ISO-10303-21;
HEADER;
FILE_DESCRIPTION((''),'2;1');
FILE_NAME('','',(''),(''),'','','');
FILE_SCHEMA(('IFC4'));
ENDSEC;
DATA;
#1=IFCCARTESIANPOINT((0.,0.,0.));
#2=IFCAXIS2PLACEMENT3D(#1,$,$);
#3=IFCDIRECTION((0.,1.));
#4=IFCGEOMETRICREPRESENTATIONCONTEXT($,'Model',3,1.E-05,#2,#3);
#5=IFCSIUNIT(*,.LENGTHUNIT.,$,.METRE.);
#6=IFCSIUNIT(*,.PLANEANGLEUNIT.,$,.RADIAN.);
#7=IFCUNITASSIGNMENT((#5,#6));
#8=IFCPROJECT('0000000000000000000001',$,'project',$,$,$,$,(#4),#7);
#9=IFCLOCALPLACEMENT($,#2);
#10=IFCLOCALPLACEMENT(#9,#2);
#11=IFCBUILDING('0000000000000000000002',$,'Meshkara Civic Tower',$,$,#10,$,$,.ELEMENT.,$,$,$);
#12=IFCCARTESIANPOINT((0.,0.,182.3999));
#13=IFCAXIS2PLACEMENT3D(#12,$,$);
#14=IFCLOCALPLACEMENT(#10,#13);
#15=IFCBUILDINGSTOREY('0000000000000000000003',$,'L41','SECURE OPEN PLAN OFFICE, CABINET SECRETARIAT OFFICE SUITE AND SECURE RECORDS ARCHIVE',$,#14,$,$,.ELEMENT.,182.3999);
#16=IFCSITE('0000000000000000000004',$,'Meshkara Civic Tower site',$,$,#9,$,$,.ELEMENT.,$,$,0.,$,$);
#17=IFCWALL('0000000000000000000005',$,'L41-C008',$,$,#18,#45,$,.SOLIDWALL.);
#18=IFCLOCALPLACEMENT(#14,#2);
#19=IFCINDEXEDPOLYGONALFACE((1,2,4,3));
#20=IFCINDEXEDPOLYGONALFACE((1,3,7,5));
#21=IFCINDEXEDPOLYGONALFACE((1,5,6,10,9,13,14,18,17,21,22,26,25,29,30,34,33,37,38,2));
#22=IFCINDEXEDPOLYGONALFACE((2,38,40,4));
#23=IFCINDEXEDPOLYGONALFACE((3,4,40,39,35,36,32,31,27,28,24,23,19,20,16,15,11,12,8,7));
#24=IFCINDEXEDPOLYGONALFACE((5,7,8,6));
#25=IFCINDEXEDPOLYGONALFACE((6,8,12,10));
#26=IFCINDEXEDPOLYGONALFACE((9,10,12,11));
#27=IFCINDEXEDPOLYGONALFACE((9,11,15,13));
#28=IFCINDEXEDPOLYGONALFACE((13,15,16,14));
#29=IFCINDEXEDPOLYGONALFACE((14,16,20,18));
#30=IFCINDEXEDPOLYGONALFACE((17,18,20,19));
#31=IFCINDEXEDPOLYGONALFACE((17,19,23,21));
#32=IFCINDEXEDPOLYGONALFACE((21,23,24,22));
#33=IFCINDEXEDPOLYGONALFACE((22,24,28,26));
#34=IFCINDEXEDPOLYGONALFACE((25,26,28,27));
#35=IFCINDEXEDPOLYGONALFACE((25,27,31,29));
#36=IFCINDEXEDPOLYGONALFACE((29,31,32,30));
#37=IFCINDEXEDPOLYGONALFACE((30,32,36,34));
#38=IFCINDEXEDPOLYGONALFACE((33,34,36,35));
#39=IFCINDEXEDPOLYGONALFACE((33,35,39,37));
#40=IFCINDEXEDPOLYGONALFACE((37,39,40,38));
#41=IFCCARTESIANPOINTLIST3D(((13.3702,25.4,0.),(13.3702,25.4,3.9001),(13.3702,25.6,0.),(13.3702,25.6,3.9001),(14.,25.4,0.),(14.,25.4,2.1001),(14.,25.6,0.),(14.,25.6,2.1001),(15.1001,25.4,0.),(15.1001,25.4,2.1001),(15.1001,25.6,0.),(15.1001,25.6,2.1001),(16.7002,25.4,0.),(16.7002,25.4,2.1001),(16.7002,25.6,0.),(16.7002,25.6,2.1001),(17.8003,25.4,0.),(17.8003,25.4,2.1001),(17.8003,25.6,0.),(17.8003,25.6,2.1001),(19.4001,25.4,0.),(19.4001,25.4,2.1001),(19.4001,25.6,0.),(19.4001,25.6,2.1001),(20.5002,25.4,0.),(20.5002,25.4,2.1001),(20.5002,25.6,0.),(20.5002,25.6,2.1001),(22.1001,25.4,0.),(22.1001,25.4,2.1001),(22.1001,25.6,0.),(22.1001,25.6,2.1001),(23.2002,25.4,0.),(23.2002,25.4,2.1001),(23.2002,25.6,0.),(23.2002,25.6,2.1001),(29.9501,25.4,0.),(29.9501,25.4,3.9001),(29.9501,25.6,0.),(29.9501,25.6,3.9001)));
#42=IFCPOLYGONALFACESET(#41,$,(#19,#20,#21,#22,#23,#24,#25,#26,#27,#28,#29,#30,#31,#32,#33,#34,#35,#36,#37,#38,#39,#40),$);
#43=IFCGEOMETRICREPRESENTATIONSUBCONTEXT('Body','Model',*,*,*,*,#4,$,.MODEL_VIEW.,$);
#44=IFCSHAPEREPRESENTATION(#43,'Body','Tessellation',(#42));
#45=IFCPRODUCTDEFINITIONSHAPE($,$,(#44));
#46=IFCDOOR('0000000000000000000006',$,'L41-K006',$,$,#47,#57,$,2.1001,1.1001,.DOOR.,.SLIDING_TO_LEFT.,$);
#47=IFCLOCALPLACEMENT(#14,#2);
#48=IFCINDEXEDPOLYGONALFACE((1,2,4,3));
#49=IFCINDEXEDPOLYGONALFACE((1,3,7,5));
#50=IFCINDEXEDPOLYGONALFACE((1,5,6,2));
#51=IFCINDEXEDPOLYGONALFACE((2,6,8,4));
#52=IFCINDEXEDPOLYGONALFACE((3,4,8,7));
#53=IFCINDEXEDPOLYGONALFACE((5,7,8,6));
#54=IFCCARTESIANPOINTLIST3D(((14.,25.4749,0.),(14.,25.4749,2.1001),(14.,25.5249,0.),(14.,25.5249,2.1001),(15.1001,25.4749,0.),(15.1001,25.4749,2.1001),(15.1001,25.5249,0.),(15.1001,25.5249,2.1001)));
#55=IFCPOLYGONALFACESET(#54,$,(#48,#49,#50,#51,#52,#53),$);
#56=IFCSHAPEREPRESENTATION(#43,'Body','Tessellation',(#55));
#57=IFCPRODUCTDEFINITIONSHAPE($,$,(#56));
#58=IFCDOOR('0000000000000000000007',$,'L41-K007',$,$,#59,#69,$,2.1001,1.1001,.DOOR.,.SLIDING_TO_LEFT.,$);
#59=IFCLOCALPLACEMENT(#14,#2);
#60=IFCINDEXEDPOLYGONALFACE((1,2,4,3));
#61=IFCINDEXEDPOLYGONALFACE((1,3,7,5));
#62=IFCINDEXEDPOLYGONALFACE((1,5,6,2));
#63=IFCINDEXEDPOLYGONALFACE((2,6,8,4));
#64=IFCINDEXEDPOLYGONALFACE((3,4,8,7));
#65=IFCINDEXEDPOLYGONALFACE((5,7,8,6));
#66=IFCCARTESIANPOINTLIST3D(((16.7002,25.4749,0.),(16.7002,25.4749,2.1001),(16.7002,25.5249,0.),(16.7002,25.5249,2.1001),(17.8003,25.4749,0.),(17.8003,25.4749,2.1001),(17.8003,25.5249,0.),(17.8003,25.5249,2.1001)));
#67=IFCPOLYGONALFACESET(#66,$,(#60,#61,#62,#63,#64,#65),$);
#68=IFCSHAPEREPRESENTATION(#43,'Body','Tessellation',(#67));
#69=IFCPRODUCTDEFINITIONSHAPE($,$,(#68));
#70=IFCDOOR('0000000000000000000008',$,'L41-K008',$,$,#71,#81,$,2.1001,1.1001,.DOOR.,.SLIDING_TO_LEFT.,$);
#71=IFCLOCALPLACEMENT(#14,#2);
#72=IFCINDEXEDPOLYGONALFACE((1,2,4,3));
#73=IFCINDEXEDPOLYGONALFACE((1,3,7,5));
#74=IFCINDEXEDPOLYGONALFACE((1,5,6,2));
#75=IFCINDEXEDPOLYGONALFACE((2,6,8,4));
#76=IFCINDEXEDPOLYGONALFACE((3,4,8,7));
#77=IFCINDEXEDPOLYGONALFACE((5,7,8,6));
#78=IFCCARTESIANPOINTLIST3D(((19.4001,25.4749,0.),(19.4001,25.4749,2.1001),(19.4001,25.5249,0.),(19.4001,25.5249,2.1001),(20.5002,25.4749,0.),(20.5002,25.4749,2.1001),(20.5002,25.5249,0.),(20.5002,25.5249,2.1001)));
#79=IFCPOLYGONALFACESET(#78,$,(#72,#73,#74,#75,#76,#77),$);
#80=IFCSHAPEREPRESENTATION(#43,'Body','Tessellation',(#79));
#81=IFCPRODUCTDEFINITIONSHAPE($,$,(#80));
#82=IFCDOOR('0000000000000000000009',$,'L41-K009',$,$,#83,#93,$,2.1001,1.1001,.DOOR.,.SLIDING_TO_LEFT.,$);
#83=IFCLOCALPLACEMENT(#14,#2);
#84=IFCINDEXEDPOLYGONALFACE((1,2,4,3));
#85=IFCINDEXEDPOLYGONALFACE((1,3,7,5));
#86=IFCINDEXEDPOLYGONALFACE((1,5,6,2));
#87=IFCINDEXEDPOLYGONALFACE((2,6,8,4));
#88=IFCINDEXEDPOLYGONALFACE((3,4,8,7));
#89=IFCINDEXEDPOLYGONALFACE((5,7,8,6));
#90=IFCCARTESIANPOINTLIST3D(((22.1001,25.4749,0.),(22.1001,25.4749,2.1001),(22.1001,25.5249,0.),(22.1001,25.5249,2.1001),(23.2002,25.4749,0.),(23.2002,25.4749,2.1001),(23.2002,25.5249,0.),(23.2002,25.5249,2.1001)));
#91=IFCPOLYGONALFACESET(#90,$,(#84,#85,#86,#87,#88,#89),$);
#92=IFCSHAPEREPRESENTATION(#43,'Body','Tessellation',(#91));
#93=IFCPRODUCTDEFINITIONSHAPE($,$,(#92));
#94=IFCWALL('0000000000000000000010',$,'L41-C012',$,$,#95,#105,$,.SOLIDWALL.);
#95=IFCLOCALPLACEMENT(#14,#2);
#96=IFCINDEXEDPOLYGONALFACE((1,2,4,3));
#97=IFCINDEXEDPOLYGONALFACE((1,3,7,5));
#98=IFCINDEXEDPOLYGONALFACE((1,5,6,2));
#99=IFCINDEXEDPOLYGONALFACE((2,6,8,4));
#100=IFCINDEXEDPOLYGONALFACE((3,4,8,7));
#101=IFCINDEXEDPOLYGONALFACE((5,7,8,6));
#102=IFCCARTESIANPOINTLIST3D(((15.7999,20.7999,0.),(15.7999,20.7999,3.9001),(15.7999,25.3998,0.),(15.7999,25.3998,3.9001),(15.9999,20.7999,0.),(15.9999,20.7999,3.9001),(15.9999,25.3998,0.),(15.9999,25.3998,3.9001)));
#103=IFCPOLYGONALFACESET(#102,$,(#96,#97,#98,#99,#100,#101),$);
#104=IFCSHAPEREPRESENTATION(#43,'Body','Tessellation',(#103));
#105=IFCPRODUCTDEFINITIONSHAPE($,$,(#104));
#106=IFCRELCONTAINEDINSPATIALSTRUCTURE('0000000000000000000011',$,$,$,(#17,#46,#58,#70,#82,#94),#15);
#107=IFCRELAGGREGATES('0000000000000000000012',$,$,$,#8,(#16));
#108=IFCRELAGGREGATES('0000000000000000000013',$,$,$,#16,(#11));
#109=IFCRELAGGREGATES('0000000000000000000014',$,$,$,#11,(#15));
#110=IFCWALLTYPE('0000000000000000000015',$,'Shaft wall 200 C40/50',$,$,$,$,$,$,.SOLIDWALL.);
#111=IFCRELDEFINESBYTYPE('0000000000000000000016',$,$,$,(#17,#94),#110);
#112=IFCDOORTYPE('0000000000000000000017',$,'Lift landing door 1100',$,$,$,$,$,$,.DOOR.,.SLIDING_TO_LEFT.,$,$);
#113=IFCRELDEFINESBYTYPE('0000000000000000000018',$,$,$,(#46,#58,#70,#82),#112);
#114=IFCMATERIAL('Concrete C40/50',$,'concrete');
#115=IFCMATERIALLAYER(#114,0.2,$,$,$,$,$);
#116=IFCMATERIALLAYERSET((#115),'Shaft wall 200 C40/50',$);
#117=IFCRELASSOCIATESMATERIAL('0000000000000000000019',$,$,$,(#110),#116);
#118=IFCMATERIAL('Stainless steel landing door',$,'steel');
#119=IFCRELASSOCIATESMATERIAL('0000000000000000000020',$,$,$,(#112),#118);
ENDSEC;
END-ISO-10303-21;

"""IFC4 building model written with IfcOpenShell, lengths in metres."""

from ifc_helpers import new_model, si_unit, direction, frame, frame_2d, origin, place, context, subcontext, project, spatial, rectangle, extrude, material, layer, layer_set, type_object, element, fill, save


model = new_model("IFC4")

# Units and contexts
model_context = context("Model", 3, precision=1e-05, world=origin(), true_north=direction((0.0, 1.0)))
body_context = subcontext(model_context, "Body", "Model", "MODEL_VIEW")
ifc_project = project(units=[si_unit("LENGTHUNIT", "METRE"), si_unit("PLANEANGLEUNIT", "RADIAN")], contexts=[model_context])

# Site, building, storey
site_placement = place(None, origin())
site = spatial("IfcSite", under=ifc_project, at=site_placement, Name="Meshkara Civic Tower site", CompositionType="ELEMENT", RefElevation=0.0)
building_placement = place(site_placement, origin())
building = spatial("IfcBuilding", under=site, at=building_placement, Name="Meshkara Civic Tower", CompositionType="ELEMENT")
storey_placement = place(building_placement, frame((0.0, 0.0, 182.3999)))
storey = spatial("IfcBuildingStorey", under=building, at=storey_placement, Name="L41", Description="SECURE OPEN PLAN OFFICE, CABINET SECRETARIAT OFFICE SUITE AND SECURE RECORDS ARCHIVE", CompositionType="ELEMENT", Elevation=182.3999)

# Wall, openings, doors
ifc_material_1 = material(Name="Concrete C40/50", Category="concrete")
ifc_layer_1 = layer(ifc_material_1, 0.2)
ifc_layer_set_1 = layer_set([ifc_layer_1], Name="Shaft wall 200 C40/50")
wall_type_1 = type_object("IfcWallType", Name="Shaft wall 200 C40/50", PredefinedType="SOLIDWALL", material=ifc_layer_set_1)
ifc_material_2 = material(Name="Stainless steel landing door", Category="steel")
door_type_1 = type_object("IfcDoorType", Name="Lift landing door 1100", OperationType="SLIDING_TO_LEFT", PredefinedType="DOOR", material=ifc_material_2)
wall_1_placement = place(storey_placement, frame((13.3701, 25.5, 0.0), z_axis=(0.0, 0.0, 1.0), x_axis=(1.0, 0.0, 0.0)))
wall_1 = element("IfcWall", 1, at=wall_1_placement, inside=storey, type_object=wall_type_1, Name="L41-C008", PredefinedType="SOLIDWALL", context=body_context, shape_type="SweptSolid", body=[
    extrude(rectangle(XDim=16.5798, YDim=0.2, at=frame_2d((8.29, 0.0))), origin(), (0.0, 0.0, 1.0), 3.9001),
])
opening_1_placement = place(wall_1_placement, frame((0.6299, 0.0, 0.0)))
opening_1 = element("IfcOpeningElement", 2, at=opening_1_placement, cuts=wall_1, PredefinedType="OPENING", context=body_context, shape_type="SweptSolid", body=[
    extrude(rectangle(XDim=1.1001, YDim=2.1001, at=frame_2d((0.55, 1.05))), frame((0.0, 0.1099, 0.0), z_axis=(0.0, -1.0, 0.0), x_axis=(1.0, 0.0, 0.0)), (0.0, 0.0, 1.0), 0.22),
])
opening_2_placement = place(wall_1_placement, frame((3.3301, 0.0, 0.0)))
opening_2 = element("IfcOpeningElement", 3, at=opening_2_placement, cuts=wall_1, PredefinedType="OPENING", context=body_context, shape_type="SweptSolid", body=[
    extrude(rectangle(XDim=1.1001, YDim=2.1001, at=frame_2d((0.55, 1.05))), frame((0.0, 0.1099, 0.0), z_axis=(0.0, -1.0, 0.0), x_axis=(1.0, 0.0, 0.0)), (0.0, 0.0, 1.0), 0.22),
])
opening_3_placement = place(wall_1_placement, frame((6.03, 0.0, 0.0)))
opening_3 = element("IfcOpeningElement", 4, at=opening_3_placement, cuts=wall_1, PredefinedType="OPENING", context=body_context, shape_type="SweptSolid", body=[
    extrude(rectangle(XDim=1.1001, YDim=2.1001, at=frame_2d((0.55, 1.05))), frame((0.0, 0.1099, 0.0), z_axis=(0.0, -1.0, 0.0), x_axis=(1.0, 0.0, 0.0)), (0.0, 0.0, 1.0), 0.22),
])
opening_4_placement = place(wall_1_placement, frame((8.73, 0.0, 0.0)))
opening_4 = element("IfcOpeningElement", 5, at=opening_4_placement, cuts=wall_1, PredefinedType="OPENING", context=body_context, shape_type="SweptSolid", body=[
    extrude(rectangle(XDim=1.1001, YDim=2.1001, at=frame_2d((0.55, 1.05))), frame((0.0, 0.1099, 0.0), z_axis=(0.0, -1.0, 0.0), x_axis=(1.0, 0.0, 0.0)), (0.0, 0.0, 1.0), 0.22),
])
door_1_placement = place(opening_1_placement, origin())
door_1 = element("IfcDoor", 6, at=door_1_placement, inside=storey, type_object=door_type_1, Name="L41-K006", OperationType="SLIDING_TO_LEFT", OverallHeight=2.1001, OverallWidth=1.1001, PredefinedType="DOOR", context=body_context, shape_type="SweptSolid", body=[
    extrude(rectangle(XDim=1.1001, YDim=2.1001, at=frame_2d((0.55, 1.05))), frame((0.0, 0.0249, 0.0), z_axis=(0.0, -1.0, 0.0), x_axis=(1.0, 0.0, 0.0)), (0.0, 0.0, 1.0), 0.05),
])
fill(opening_1, door_1)
door_2_placement = place(opening_2_placement, origin())
door_2 = element("IfcDoor", 7, at=door_2_placement, inside=storey, type_object=door_type_1, Name="L41-K007", OperationType="SLIDING_TO_LEFT", OverallHeight=2.1001, OverallWidth=1.1001, PredefinedType="DOOR", context=body_context, shape_type="SweptSolid", body=[
    extrude(rectangle(XDim=1.1001, YDim=2.1001, at=frame_2d((0.55, 1.05))), frame((0.0, 0.0249, 0.0), z_axis=(0.0, -1.0, 0.0), x_axis=(1.0, 0.0, 0.0)), (0.0, 0.0, 1.0), 0.05),
])
fill(opening_2, door_2)
door_3_placement = place(opening_3_placement, origin())
door_3 = element("IfcDoor", 8, at=door_3_placement, inside=storey, type_object=door_type_1, Name="L41-K008", OperationType="SLIDING_TO_LEFT", OverallHeight=2.1001, OverallWidth=1.1001, PredefinedType="DOOR", context=body_context, shape_type="SweptSolid", body=[
    extrude(rectangle(XDim=1.1001, YDim=2.1001, at=frame_2d((0.55, 1.05))), frame((0.0, 0.0249, 0.0), z_axis=(0.0, -1.0, 0.0), x_axis=(1.0, 0.0, 0.0)), (0.0, 0.0, 1.0), 0.05),
])
fill(opening_3, door_3)
door_4_placement = place(opening_4_placement, origin())
door_4 = element("IfcDoor", 9, at=door_4_placement, inside=storey, type_object=door_type_1, Name="L41-K009", OperationType="SLIDING_TO_LEFT", OverallHeight=2.1001, OverallWidth=1.1001, PredefinedType="DOOR", context=body_context, shape_type="SweptSolid", body=[
    extrude(rectangle(XDim=1.1001, YDim=2.1001, at=frame_2d((0.55, 1.05))), frame((0.0, 0.0249, 0.0), z_axis=(0.0, -1.0, 0.0), x_axis=(1.0, 0.0, 0.0)), (0.0, 0.0, 1.0), 0.05),
])
fill(opening_4, door_4)

# Wall
wall_2_placement = place(storey_placement, frame((15.8999, 20.8, 0.0), z_axis=(0.0, 0.0, 1.0), x_axis=(0.0, 1.0, 0.0)))
element("IfcWall", 10, at=wall_2_placement, inside=storey, type_object=wall_type_1, Name="L41-C012", PredefinedType="SOLIDWALL", context=body_context, shape_type="SweptSolid", body=[
    extrude(rectangle(XDim=4.5999, YDim=0.2, at=frame_2d((2.2998, 0.0))), origin(), (0.0, 0.0, 1.0), 3.9001),
])

save(model, "model.ifc")
